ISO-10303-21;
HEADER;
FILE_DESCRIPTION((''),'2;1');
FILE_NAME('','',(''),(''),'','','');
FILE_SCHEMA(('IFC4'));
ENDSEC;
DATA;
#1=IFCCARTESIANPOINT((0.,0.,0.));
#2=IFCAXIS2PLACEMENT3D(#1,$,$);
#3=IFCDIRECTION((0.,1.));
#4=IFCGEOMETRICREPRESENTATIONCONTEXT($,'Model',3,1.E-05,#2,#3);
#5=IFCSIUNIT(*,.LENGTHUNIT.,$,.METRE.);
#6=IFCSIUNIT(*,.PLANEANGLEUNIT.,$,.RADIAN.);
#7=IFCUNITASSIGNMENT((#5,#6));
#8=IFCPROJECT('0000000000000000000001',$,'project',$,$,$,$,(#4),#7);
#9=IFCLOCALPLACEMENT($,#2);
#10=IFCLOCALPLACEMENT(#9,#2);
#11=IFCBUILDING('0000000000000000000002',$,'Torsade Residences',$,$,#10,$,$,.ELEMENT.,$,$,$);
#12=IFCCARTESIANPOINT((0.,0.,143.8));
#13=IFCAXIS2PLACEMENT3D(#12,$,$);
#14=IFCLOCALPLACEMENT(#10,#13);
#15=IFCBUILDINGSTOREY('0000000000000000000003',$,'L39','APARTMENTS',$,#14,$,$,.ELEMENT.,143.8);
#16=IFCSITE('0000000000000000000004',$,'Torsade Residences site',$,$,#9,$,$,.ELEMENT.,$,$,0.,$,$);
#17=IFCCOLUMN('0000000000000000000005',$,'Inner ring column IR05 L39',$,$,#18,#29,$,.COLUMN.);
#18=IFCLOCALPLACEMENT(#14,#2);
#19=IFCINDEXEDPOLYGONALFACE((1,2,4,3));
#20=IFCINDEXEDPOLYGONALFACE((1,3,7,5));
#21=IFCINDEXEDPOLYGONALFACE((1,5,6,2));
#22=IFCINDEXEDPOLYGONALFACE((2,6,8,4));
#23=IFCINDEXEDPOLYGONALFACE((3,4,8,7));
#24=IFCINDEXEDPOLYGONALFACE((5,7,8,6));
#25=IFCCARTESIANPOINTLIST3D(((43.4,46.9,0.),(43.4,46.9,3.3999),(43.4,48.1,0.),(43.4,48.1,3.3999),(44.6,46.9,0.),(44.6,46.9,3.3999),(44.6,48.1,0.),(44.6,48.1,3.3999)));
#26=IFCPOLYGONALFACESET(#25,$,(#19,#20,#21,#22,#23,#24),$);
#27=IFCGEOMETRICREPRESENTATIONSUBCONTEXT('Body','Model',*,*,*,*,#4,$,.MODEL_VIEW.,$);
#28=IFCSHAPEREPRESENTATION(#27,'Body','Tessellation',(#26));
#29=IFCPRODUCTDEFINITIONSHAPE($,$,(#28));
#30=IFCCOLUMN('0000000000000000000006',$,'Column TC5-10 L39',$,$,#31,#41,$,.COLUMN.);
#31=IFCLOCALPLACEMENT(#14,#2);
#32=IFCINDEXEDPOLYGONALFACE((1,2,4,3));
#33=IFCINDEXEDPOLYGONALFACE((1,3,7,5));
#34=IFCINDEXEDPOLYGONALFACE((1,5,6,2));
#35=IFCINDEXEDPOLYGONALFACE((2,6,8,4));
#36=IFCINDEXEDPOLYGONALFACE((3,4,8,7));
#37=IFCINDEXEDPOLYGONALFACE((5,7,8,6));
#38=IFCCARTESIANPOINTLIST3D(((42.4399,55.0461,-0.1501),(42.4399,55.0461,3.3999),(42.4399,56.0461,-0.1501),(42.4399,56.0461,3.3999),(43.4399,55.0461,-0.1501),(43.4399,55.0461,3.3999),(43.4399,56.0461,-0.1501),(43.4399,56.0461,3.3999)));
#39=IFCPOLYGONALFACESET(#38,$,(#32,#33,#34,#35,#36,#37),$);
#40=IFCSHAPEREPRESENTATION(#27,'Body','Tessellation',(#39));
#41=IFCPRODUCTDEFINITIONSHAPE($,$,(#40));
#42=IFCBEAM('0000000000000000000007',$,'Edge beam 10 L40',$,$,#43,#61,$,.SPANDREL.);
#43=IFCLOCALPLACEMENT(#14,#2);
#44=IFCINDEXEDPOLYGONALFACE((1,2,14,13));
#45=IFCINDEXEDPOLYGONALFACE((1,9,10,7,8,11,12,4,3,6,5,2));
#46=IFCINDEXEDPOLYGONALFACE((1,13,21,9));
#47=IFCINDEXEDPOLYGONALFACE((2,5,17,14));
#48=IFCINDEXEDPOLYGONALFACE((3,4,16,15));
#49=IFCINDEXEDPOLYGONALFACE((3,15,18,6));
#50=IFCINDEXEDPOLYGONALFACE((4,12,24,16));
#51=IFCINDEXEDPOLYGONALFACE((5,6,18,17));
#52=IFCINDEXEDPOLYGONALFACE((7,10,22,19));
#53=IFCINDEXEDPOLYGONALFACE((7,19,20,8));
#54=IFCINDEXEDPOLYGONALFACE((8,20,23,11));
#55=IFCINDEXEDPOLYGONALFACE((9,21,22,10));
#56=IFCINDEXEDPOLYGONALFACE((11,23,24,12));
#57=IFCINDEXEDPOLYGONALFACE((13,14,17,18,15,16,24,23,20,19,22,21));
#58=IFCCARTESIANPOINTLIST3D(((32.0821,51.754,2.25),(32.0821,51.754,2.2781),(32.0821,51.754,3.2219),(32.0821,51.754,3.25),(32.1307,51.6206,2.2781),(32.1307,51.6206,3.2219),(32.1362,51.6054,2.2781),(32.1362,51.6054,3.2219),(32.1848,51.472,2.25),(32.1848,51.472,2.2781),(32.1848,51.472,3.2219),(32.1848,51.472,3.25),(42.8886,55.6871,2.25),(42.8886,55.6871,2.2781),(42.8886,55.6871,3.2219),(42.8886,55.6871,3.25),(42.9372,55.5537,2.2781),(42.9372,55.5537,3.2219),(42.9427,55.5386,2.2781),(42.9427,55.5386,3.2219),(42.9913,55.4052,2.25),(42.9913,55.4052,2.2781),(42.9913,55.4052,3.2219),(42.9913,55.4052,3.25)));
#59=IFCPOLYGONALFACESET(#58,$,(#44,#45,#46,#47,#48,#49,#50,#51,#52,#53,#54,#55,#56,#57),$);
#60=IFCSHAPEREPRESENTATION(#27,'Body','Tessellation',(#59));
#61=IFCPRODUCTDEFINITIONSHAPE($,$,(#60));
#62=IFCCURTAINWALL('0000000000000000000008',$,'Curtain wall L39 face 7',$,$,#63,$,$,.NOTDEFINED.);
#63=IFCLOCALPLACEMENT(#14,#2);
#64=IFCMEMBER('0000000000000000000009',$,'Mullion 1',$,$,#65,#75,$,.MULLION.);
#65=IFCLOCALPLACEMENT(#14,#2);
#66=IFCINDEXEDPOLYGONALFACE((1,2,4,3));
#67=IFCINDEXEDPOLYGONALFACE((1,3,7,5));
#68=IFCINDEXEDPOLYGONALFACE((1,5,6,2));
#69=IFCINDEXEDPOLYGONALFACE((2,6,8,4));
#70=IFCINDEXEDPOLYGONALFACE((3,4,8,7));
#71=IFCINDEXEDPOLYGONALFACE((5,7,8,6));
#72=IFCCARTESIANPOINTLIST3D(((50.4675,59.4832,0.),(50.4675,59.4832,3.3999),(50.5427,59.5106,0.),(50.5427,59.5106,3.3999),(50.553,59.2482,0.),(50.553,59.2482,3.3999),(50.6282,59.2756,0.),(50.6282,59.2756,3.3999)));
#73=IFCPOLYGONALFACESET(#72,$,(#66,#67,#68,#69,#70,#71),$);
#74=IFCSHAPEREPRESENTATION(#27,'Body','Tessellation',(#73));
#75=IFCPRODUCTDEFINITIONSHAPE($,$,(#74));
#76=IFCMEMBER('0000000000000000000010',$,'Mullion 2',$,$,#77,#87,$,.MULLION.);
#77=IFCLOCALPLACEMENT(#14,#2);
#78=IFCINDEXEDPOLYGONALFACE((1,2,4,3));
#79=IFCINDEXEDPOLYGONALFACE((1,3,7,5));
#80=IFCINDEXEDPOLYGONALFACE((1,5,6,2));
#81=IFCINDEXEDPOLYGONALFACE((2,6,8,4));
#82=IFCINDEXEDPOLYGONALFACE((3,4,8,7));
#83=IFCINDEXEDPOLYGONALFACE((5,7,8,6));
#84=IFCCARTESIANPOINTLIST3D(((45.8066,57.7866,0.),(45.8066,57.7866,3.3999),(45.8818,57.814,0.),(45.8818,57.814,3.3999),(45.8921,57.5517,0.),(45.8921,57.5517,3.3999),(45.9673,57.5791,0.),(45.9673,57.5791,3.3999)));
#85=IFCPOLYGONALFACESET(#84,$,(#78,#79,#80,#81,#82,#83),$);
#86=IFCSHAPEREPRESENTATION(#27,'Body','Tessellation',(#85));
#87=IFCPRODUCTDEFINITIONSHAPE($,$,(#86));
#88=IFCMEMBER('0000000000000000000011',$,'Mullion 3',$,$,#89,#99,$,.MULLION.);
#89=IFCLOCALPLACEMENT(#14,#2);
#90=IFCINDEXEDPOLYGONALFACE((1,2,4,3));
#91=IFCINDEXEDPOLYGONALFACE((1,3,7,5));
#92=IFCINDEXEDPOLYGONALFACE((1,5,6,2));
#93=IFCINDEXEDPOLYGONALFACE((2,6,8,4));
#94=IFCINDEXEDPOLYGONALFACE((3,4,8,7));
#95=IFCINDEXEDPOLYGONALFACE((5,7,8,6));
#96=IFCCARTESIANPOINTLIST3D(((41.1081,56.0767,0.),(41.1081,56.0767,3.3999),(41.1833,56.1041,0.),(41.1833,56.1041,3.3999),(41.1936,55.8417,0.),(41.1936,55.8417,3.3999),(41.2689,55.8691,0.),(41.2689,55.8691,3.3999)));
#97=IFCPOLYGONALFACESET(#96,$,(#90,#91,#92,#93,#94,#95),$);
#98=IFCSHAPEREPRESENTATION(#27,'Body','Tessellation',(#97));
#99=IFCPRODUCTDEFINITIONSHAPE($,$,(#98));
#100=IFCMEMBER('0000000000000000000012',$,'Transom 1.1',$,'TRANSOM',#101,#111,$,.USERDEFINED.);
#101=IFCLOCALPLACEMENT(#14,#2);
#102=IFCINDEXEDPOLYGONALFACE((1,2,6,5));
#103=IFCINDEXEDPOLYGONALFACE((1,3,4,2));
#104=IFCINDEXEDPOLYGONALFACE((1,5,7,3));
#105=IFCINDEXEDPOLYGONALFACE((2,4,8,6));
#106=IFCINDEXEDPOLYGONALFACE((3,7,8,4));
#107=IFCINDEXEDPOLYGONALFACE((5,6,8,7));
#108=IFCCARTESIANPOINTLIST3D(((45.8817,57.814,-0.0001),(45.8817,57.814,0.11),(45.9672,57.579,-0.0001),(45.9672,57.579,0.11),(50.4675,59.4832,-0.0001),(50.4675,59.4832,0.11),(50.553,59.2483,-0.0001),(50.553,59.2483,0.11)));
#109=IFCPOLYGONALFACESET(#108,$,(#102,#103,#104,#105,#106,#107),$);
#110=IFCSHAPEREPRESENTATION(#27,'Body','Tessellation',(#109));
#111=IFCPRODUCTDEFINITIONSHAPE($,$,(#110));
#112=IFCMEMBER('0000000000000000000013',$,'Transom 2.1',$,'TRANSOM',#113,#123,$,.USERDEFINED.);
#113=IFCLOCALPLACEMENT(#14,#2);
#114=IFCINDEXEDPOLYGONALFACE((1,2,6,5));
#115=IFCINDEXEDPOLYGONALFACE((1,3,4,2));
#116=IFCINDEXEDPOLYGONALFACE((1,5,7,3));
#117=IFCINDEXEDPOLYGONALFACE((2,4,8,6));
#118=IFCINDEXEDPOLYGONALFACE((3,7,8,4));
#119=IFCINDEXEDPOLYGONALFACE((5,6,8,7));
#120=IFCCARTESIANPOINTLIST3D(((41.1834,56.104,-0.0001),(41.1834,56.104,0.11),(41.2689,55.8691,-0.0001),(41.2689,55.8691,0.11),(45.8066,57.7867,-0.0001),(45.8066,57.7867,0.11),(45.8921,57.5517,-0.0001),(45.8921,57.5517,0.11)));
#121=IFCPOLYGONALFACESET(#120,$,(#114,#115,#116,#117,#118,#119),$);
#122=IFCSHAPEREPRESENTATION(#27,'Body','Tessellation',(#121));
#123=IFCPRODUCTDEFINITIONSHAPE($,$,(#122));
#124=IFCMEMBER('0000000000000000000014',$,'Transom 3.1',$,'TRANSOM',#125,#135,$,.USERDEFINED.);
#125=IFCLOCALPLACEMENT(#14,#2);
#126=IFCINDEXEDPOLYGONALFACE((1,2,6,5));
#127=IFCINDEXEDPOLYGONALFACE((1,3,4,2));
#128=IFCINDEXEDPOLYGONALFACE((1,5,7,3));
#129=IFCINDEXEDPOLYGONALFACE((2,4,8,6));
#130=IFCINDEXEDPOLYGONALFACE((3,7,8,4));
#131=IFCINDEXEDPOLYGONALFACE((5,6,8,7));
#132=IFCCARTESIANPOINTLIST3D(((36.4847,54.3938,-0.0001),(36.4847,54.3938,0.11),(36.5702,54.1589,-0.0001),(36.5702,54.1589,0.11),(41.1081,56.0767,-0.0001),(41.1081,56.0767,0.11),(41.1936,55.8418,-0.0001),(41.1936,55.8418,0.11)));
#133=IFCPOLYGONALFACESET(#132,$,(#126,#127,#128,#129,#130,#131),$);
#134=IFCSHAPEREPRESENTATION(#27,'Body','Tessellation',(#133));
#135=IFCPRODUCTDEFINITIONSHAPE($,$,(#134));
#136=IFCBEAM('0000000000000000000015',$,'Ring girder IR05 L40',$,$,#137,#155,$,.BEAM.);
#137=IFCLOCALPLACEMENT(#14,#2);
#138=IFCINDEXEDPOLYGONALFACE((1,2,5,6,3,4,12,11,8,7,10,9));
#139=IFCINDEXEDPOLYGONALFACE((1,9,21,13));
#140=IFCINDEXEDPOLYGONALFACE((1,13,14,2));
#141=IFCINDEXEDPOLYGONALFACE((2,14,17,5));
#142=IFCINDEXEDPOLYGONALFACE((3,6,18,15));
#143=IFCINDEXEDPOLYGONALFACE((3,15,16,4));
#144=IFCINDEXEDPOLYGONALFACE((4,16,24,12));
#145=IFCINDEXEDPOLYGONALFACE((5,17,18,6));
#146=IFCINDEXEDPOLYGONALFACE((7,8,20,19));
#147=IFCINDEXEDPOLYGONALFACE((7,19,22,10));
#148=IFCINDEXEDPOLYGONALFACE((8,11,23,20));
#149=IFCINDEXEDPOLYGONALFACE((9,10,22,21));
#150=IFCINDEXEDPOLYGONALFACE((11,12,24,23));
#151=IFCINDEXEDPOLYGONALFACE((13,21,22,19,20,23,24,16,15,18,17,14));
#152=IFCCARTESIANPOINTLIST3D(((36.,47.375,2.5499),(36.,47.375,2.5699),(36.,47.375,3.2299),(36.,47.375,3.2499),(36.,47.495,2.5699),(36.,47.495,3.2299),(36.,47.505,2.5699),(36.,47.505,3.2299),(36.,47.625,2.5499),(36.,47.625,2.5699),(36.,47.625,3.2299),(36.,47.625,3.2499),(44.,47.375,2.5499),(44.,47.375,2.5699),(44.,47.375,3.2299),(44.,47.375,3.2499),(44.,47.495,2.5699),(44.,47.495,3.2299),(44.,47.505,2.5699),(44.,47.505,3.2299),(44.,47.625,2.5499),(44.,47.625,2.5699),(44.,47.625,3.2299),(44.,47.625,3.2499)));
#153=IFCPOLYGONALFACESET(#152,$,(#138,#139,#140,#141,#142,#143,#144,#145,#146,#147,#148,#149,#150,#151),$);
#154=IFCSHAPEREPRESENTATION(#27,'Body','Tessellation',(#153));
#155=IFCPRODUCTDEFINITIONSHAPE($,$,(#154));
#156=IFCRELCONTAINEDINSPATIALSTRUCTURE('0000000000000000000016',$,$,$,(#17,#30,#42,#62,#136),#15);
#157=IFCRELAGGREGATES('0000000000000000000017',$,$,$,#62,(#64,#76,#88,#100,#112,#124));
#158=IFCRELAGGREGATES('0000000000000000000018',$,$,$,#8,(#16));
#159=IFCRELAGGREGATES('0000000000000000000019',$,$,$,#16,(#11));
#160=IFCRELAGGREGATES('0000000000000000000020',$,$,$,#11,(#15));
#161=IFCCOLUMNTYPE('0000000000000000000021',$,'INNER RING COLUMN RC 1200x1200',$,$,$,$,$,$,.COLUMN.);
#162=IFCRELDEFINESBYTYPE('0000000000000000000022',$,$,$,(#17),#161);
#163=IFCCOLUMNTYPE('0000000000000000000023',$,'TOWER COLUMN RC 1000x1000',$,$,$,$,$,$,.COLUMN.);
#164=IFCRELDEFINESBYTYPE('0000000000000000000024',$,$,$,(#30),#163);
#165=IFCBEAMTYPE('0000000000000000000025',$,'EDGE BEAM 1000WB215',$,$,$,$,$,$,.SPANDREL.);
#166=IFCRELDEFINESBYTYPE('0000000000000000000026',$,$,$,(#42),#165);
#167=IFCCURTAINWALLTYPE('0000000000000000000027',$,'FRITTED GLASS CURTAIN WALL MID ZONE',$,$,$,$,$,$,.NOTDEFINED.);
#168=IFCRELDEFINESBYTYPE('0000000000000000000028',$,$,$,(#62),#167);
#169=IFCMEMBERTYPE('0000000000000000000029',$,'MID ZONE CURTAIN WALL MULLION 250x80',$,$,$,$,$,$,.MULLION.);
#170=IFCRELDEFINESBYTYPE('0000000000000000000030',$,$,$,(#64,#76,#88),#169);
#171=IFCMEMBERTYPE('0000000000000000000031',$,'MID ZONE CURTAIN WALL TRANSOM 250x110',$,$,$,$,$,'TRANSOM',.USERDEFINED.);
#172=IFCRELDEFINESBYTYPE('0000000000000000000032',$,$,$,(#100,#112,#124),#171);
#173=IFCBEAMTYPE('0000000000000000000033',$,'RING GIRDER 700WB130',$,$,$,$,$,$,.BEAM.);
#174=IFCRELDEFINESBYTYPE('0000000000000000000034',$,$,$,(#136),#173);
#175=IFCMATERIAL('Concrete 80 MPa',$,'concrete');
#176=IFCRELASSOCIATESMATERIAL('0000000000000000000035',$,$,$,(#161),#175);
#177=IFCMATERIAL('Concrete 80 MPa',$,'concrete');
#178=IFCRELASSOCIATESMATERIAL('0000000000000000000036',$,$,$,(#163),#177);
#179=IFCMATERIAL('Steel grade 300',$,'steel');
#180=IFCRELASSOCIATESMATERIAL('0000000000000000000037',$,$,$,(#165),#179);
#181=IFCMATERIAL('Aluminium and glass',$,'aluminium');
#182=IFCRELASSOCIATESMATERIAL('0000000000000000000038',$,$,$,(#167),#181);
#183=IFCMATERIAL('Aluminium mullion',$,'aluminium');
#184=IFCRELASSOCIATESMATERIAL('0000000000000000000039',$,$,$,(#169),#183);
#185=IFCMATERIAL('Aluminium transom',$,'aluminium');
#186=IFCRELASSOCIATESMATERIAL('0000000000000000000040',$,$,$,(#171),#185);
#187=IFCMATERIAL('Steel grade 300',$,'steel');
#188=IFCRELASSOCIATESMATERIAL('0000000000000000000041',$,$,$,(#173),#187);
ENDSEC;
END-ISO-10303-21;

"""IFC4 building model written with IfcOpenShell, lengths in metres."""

from ifc_helpers import new_model, si_unit, direction, frame, origin, origin_2d, place, context, subcontext, project, spatial, rectangle, i_section, extrude, material, material_profile, profile_set, type_object, element, aggregate, save


model = new_model("IFC4")

# Units and contexts
model_context = context("Model", 3, precision=1e-05, world=origin(), true_north=direction((0.0, 1.0)))
body_context = subcontext(model_context, "Body", "Model", "MODEL_VIEW")
ifc_project = project(units=[si_unit("LENGTHUNIT", "METRE"), si_unit("PLANEANGLEUNIT", "RADIAN")], contexts=[model_context])

# Site, building, storey
site_placement = place(None, origin())
site = spatial("IfcSite", under=ifc_project, at=site_placement, Name="Torsade Residences site", CompositionType="ELEMENT", RefElevation=0.0)
building_placement = place(site_placement, origin())
building = spatial("IfcBuilding", under=site, at=building_placement, Name="Torsade Residences", CompositionType="ELEMENT")
storey_placement = place(building_placement, frame((0.0, 0.0, 143.8)))
storey = spatial("IfcBuildingStorey", under=building, at=storey_placement, Name="L39", Description="APARTMENTS", CompositionType="ELEMENT", Elevation=143.8)

# Columns
ifc_material_1 = material(Name="Concrete 80 MPa", Category="concrete")
ifc_material_profile_1 = material_profile(ifc_material_1, rectangle(XDim=1.2, YDim=1.2, at=origin_2d()), Name="RC 1200x1200")
ifc_profile_set_1 = profile_set([ifc_material_profile_1], Name="Concrete 80 MPa")
column_type_1 = type_object("IfcColumnType", Name="INNER RING COLUMN RC 1200x1200", PredefinedType="COLUMN", material=ifc_profile_set_1)
column_1_placement = place(storey_placement, frame((44.0, 47.5, 0.0), z_axis=(0.0, 0.0, 1.0), x_axis=(1.0, 0.0, 0.0)))
element("IfcColumn", 1, at=column_1_placement, inside=storey, type_object=column_type_1, Name="Inner ring column IR05 L39", PredefinedType="COLUMN", context=body_context, shape_type="SweptSolid", body=[
    extrude(rectangle(XDim=1.2, YDim=1.2, at=origin_2d()), origin(), (0.0, 0.0, 1.0), 3.3999),
])
ifc_material_2 = material(Name="Concrete 80 MPa", Category="concrete")
ifc_material_profile_2 = material_profile(ifc_material_2, rectangle(XDim=1.0, YDim=1.0, at=origin_2d()), Name="RC 1000x1000")
ifc_profile_set_2 = profile_set([ifc_material_profile_2], Name="Concrete 80 MPa")
column_type_2 = type_object("IfcColumnType", Name="TOWER COLUMN RC 1000x1000", PredefinedType="COLUMN", material=ifc_profile_set_2)
column_2_placement = place(storey_placement, frame((42.9399, 55.5461, -0.1501), z_axis=(0.0, 0.0, 1.0), x_axis=(1.0, 0.0, 0.0)))
element("IfcColumn", 2, at=column_2_placement, inside=storey, type_object=column_type_2, Name="Column TC5-10 L39", PredefinedType="COLUMN", context=body_context, shape_type="SweptSolid", body=[
    extrude(rectangle(XDim=1.0, YDim=1.0, at=origin_2d()), origin(), (0.0, 0.0, 1.0), 3.55),
])

# Beam
ifc_material_3 = material(Name="Steel grade 300", Category="steel")
ifc_material_profile_3 = material_profile(ifc_material_3, i_section(OverallWidth=0.3, OverallDepth=1.0, WebThickness=0.0161, FlangeThickness=0.0281, at=origin_2d()), Name="1000WB215")
ifc_profile_set_3 = profile_set([ifc_material_profile_3], Name="Steel grade 300")
beam_type_1 = type_object("IfcBeamType", Name="EDGE BEAM 1000WB215", PredefinedType="SPANDREL", material=ifc_profile_set_3)
beam_1_placement = place(storey_placement, frame((42.9399, 55.5461, 2.75), z_axis=(-0.939695, -0.342012, 0.0), x_axis=(0.342012, -0.939695, 0.0)))
element("IfcBeam", 3, at=beam_1_placement, inside=storey, type_object=beam_type_1, Name="Edge beam 10 L40", PredefinedType="SPANDREL", context=body_context, shape_type="SweptSolid", body=[
    extrude(i_section(OverallWidth=0.3, OverallDepth=1.0, WebThickness=0.0161, FlangeThickness=0.0281, at=origin_2d()), origin(), (0.0, 0.0, 1.0), 11.5),
])

# Curtain wall, members
ifc_material_4 = material(Name="Aluminium and glass", Category="aluminium")
curtain_wall_type = type_object("IfcCurtainWallType", Name="FRITTED GLASS CURTAIN WALL MID ZONE", PredefinedType="NOTDEFINED", material=ifc_material_4)
curtain_wall_placement = place(storey_placement, origin())
curtain_wall = element("IfcCurtainWall", 4, at=curtain_wall_placement, inside=storey, type_object=curtain_wall_type, Name="Curtain wall L39 face 7", PredefinedType="NOTDEFINED")
ifc_material_5 = material(Name="Aluminium mullion", Category="aluminium")
ifc_material_profile_4 = material_profile(ifc_material_5, rectangle(XDim=0.25, YDim=0.0801, at=origin_2d()), Name="MID ZONE CURTAIN WALL MULLION 250x80")
ifc_profile_set_4 = profile_set([ifc_material_profile_4], Name="Aluminium mullion")
member_type_1 = type_object("IfcMemberType", Name="MID ZONE CURTAIN WALL MULLION 250x80", PredefinedType="MULLION", material=ifc_profile_set_4)
member_1_placement = place(storey_placement, frame((50.5479, 59.3794, 0.0), z_axis=(0.0, 0.0, 1.0), x_axis=(0.34202, -0.939693, 0.0)))
member_1 = element("IfcMember", 5, at=member_1_placement, type_object=member_type_1, Name="Mullion 1", PredefinedType="MULLION", context=body_context, shape_type="SweptSolid", body=[
    extrude(rectangle(XDim=0.25, YDim=0.0801, at=origin_2d()), origin(), (0.0, 0.0, 1.0), 3.3999),
])
member_2_placement = place(storey_placement, frame((45.887, 57.6829, 0.0), z_axis=(0.0, 0.0, 1.0), x_axis=(0.34202, -0.939693, 0.0)))
member_2 = element("IfcMember", 6, at=member_2_placement, type_object=member_type_1, Name="Mullion 2", PredefinedType="MULLION", context=body_context, shape_type="SweptSolid", body=[
    extrude(rectangle(XDim=0.25, YDim=0.0801, at=origin_2d()), origin(), (0.0, 0.0, 1.0), 3.3999),
])
member_3_placement = place(storey_placement, frame((41.1885, 55.9729, 0.0), z_axis=(0.0, 0.0, 1.0), x_axis=(0.34202, -0.939693, 0.0)))
member_3 = element("IfcMember", 7, at=member_3_placement, type_object=member_type_1, Name="Mullion 3", PredefinedType="MULLION", context=body_context, shape_type="SweptSolid", body=[
    extrude(rectangle(XDim=0.25, YDim=0.0801, at=origin_2d()), origin(), (0.0, 0.0, 1.0), 3.3999),
])
ifc_material_6 = material(Name="Aluminium transom", Category="aluminium")
ifc_material_profile_5 = material_profile(ifc_material_6, rectangle(XDim=0.25, YDim=0.1101, at=origin_2d()), Name="MID ZONE CURTAIN WALL TRANSOM 250x110")
ifc_profile_set_5 = profile_set([ifc_material_profile_5], Name="Aluminium transom")
member_type_2 = type_object("IfcMemberType", Name="MID ZONE CURTAIN WALL TRANSOM 250x110", ElementType="TRANSOM", PredefinedType="USERDEFINED", material=ifc_profile_set_5)
member_4_placement = place(storey_placement, frame((50.5103, 59.3657, 0.0549), z_axis=(-0.939684, -0.342044, 0.0), x_axis=(0.342044, -0.939684, 0.0)))
member_4 = element("IfcMember", 8, at=member_4_placement, type_object=member_type_2, Name="Transom 1.1", ObjectType="TRANSOM", PredefinedType="USERDEFINED", context=body_context, shape_type="SweptSolid", body=[
    extrude(rectangle(XDim=0.25, YDim=0.1101, at=origin_2d()), origin(), (0.0, 0.0, 1.0), 4.8801),
])
member_5_placement = place(storey_placement, frame((45.8494, 57.6692, 0.0549), z_axis=(-0.939701, -0.341998, 0.0), x_axis=(0.341998, -0.939701, 0.0)))
member_5 = element("IfcMember", 9, at=member_5_placement, type_object=member_type_2, Name="Transom 2.1", ObjectType="TRANSOM", PredefinedType="USERDEFINED", context=body_context, shape_type="SweptSolid", body=[
    extrude(rectangle(XDim=0.25, YDim=0.1101, at=origin_2d()), origin(), (0.0, 0.0, 1.0), 4.9199),
])
member_6_placement = place(storey_placement, frame((41.1509, 55.9592, 0.0549), z_axis=(-0.939685, -0.342042, 0.0), x_axis=(0.342042, -0.939685, 0.0)))
member_6 = element("IfcMember", 10, at=member_6_placement, type_object=member_type_2, Name="Transom 3.1", ObjectType="TRANSOM", PredefinedType="USERDEFINED", context=body_context, shape_type="SweptSolid", body=[
    extrude(rectangle(XDim=0.25, YDim=0.1101, at=origin_2d()), origin(), (0.0, 0.0, 1.0), 4.9202),
])

# Beam
ifc_material_7 = material(Name="Steel grade 300", Category="steel")
ifc_material_profile_6 = material_profile(ifc_material_7, i_section(OverallWidth=0.25, OverallDepth=0.7, WebThickness=0.01, FlangeThickness=0.02, at=origin_2d()), Name="700WB130")
ifc_profile_set_6 = profile_set([ifc_material_profile_6], Name="Steel grade 300")
beam_type_2 = type_object("IfcBeamType", Name="RING GIRDER 700WB130", PredefinedType="BEAM", material=ifc_profile_set_6)
beam_2_placement = place(storey_placement, frame((44.0, 47.5, 2.8999), z_axis=(-1.0, 0.0, 0.0), x_axis=(0.0, -1.0, 0.0)))
element("IfcBeam", 11, at=beam_2_placement, inside=storey, type_object=beam_type_2, Name="Ring girder IR05 L40", PredefinedType="BEAM", context=body_context, shape_type="SweptSolid", body=[
    extrude(i_section(OverallWidth=0.25, OverallDepth=0.7, WebThickness=0.01, FlangeThickness=0.02, at=origin_2d()), origin(), (0.0, 0.0, 1.0), 8.0),
])

aggregate(curtain_wall, [member_1, member_2, member_3, member_4, member_5, member_6])

save(model, "model.ifc")
